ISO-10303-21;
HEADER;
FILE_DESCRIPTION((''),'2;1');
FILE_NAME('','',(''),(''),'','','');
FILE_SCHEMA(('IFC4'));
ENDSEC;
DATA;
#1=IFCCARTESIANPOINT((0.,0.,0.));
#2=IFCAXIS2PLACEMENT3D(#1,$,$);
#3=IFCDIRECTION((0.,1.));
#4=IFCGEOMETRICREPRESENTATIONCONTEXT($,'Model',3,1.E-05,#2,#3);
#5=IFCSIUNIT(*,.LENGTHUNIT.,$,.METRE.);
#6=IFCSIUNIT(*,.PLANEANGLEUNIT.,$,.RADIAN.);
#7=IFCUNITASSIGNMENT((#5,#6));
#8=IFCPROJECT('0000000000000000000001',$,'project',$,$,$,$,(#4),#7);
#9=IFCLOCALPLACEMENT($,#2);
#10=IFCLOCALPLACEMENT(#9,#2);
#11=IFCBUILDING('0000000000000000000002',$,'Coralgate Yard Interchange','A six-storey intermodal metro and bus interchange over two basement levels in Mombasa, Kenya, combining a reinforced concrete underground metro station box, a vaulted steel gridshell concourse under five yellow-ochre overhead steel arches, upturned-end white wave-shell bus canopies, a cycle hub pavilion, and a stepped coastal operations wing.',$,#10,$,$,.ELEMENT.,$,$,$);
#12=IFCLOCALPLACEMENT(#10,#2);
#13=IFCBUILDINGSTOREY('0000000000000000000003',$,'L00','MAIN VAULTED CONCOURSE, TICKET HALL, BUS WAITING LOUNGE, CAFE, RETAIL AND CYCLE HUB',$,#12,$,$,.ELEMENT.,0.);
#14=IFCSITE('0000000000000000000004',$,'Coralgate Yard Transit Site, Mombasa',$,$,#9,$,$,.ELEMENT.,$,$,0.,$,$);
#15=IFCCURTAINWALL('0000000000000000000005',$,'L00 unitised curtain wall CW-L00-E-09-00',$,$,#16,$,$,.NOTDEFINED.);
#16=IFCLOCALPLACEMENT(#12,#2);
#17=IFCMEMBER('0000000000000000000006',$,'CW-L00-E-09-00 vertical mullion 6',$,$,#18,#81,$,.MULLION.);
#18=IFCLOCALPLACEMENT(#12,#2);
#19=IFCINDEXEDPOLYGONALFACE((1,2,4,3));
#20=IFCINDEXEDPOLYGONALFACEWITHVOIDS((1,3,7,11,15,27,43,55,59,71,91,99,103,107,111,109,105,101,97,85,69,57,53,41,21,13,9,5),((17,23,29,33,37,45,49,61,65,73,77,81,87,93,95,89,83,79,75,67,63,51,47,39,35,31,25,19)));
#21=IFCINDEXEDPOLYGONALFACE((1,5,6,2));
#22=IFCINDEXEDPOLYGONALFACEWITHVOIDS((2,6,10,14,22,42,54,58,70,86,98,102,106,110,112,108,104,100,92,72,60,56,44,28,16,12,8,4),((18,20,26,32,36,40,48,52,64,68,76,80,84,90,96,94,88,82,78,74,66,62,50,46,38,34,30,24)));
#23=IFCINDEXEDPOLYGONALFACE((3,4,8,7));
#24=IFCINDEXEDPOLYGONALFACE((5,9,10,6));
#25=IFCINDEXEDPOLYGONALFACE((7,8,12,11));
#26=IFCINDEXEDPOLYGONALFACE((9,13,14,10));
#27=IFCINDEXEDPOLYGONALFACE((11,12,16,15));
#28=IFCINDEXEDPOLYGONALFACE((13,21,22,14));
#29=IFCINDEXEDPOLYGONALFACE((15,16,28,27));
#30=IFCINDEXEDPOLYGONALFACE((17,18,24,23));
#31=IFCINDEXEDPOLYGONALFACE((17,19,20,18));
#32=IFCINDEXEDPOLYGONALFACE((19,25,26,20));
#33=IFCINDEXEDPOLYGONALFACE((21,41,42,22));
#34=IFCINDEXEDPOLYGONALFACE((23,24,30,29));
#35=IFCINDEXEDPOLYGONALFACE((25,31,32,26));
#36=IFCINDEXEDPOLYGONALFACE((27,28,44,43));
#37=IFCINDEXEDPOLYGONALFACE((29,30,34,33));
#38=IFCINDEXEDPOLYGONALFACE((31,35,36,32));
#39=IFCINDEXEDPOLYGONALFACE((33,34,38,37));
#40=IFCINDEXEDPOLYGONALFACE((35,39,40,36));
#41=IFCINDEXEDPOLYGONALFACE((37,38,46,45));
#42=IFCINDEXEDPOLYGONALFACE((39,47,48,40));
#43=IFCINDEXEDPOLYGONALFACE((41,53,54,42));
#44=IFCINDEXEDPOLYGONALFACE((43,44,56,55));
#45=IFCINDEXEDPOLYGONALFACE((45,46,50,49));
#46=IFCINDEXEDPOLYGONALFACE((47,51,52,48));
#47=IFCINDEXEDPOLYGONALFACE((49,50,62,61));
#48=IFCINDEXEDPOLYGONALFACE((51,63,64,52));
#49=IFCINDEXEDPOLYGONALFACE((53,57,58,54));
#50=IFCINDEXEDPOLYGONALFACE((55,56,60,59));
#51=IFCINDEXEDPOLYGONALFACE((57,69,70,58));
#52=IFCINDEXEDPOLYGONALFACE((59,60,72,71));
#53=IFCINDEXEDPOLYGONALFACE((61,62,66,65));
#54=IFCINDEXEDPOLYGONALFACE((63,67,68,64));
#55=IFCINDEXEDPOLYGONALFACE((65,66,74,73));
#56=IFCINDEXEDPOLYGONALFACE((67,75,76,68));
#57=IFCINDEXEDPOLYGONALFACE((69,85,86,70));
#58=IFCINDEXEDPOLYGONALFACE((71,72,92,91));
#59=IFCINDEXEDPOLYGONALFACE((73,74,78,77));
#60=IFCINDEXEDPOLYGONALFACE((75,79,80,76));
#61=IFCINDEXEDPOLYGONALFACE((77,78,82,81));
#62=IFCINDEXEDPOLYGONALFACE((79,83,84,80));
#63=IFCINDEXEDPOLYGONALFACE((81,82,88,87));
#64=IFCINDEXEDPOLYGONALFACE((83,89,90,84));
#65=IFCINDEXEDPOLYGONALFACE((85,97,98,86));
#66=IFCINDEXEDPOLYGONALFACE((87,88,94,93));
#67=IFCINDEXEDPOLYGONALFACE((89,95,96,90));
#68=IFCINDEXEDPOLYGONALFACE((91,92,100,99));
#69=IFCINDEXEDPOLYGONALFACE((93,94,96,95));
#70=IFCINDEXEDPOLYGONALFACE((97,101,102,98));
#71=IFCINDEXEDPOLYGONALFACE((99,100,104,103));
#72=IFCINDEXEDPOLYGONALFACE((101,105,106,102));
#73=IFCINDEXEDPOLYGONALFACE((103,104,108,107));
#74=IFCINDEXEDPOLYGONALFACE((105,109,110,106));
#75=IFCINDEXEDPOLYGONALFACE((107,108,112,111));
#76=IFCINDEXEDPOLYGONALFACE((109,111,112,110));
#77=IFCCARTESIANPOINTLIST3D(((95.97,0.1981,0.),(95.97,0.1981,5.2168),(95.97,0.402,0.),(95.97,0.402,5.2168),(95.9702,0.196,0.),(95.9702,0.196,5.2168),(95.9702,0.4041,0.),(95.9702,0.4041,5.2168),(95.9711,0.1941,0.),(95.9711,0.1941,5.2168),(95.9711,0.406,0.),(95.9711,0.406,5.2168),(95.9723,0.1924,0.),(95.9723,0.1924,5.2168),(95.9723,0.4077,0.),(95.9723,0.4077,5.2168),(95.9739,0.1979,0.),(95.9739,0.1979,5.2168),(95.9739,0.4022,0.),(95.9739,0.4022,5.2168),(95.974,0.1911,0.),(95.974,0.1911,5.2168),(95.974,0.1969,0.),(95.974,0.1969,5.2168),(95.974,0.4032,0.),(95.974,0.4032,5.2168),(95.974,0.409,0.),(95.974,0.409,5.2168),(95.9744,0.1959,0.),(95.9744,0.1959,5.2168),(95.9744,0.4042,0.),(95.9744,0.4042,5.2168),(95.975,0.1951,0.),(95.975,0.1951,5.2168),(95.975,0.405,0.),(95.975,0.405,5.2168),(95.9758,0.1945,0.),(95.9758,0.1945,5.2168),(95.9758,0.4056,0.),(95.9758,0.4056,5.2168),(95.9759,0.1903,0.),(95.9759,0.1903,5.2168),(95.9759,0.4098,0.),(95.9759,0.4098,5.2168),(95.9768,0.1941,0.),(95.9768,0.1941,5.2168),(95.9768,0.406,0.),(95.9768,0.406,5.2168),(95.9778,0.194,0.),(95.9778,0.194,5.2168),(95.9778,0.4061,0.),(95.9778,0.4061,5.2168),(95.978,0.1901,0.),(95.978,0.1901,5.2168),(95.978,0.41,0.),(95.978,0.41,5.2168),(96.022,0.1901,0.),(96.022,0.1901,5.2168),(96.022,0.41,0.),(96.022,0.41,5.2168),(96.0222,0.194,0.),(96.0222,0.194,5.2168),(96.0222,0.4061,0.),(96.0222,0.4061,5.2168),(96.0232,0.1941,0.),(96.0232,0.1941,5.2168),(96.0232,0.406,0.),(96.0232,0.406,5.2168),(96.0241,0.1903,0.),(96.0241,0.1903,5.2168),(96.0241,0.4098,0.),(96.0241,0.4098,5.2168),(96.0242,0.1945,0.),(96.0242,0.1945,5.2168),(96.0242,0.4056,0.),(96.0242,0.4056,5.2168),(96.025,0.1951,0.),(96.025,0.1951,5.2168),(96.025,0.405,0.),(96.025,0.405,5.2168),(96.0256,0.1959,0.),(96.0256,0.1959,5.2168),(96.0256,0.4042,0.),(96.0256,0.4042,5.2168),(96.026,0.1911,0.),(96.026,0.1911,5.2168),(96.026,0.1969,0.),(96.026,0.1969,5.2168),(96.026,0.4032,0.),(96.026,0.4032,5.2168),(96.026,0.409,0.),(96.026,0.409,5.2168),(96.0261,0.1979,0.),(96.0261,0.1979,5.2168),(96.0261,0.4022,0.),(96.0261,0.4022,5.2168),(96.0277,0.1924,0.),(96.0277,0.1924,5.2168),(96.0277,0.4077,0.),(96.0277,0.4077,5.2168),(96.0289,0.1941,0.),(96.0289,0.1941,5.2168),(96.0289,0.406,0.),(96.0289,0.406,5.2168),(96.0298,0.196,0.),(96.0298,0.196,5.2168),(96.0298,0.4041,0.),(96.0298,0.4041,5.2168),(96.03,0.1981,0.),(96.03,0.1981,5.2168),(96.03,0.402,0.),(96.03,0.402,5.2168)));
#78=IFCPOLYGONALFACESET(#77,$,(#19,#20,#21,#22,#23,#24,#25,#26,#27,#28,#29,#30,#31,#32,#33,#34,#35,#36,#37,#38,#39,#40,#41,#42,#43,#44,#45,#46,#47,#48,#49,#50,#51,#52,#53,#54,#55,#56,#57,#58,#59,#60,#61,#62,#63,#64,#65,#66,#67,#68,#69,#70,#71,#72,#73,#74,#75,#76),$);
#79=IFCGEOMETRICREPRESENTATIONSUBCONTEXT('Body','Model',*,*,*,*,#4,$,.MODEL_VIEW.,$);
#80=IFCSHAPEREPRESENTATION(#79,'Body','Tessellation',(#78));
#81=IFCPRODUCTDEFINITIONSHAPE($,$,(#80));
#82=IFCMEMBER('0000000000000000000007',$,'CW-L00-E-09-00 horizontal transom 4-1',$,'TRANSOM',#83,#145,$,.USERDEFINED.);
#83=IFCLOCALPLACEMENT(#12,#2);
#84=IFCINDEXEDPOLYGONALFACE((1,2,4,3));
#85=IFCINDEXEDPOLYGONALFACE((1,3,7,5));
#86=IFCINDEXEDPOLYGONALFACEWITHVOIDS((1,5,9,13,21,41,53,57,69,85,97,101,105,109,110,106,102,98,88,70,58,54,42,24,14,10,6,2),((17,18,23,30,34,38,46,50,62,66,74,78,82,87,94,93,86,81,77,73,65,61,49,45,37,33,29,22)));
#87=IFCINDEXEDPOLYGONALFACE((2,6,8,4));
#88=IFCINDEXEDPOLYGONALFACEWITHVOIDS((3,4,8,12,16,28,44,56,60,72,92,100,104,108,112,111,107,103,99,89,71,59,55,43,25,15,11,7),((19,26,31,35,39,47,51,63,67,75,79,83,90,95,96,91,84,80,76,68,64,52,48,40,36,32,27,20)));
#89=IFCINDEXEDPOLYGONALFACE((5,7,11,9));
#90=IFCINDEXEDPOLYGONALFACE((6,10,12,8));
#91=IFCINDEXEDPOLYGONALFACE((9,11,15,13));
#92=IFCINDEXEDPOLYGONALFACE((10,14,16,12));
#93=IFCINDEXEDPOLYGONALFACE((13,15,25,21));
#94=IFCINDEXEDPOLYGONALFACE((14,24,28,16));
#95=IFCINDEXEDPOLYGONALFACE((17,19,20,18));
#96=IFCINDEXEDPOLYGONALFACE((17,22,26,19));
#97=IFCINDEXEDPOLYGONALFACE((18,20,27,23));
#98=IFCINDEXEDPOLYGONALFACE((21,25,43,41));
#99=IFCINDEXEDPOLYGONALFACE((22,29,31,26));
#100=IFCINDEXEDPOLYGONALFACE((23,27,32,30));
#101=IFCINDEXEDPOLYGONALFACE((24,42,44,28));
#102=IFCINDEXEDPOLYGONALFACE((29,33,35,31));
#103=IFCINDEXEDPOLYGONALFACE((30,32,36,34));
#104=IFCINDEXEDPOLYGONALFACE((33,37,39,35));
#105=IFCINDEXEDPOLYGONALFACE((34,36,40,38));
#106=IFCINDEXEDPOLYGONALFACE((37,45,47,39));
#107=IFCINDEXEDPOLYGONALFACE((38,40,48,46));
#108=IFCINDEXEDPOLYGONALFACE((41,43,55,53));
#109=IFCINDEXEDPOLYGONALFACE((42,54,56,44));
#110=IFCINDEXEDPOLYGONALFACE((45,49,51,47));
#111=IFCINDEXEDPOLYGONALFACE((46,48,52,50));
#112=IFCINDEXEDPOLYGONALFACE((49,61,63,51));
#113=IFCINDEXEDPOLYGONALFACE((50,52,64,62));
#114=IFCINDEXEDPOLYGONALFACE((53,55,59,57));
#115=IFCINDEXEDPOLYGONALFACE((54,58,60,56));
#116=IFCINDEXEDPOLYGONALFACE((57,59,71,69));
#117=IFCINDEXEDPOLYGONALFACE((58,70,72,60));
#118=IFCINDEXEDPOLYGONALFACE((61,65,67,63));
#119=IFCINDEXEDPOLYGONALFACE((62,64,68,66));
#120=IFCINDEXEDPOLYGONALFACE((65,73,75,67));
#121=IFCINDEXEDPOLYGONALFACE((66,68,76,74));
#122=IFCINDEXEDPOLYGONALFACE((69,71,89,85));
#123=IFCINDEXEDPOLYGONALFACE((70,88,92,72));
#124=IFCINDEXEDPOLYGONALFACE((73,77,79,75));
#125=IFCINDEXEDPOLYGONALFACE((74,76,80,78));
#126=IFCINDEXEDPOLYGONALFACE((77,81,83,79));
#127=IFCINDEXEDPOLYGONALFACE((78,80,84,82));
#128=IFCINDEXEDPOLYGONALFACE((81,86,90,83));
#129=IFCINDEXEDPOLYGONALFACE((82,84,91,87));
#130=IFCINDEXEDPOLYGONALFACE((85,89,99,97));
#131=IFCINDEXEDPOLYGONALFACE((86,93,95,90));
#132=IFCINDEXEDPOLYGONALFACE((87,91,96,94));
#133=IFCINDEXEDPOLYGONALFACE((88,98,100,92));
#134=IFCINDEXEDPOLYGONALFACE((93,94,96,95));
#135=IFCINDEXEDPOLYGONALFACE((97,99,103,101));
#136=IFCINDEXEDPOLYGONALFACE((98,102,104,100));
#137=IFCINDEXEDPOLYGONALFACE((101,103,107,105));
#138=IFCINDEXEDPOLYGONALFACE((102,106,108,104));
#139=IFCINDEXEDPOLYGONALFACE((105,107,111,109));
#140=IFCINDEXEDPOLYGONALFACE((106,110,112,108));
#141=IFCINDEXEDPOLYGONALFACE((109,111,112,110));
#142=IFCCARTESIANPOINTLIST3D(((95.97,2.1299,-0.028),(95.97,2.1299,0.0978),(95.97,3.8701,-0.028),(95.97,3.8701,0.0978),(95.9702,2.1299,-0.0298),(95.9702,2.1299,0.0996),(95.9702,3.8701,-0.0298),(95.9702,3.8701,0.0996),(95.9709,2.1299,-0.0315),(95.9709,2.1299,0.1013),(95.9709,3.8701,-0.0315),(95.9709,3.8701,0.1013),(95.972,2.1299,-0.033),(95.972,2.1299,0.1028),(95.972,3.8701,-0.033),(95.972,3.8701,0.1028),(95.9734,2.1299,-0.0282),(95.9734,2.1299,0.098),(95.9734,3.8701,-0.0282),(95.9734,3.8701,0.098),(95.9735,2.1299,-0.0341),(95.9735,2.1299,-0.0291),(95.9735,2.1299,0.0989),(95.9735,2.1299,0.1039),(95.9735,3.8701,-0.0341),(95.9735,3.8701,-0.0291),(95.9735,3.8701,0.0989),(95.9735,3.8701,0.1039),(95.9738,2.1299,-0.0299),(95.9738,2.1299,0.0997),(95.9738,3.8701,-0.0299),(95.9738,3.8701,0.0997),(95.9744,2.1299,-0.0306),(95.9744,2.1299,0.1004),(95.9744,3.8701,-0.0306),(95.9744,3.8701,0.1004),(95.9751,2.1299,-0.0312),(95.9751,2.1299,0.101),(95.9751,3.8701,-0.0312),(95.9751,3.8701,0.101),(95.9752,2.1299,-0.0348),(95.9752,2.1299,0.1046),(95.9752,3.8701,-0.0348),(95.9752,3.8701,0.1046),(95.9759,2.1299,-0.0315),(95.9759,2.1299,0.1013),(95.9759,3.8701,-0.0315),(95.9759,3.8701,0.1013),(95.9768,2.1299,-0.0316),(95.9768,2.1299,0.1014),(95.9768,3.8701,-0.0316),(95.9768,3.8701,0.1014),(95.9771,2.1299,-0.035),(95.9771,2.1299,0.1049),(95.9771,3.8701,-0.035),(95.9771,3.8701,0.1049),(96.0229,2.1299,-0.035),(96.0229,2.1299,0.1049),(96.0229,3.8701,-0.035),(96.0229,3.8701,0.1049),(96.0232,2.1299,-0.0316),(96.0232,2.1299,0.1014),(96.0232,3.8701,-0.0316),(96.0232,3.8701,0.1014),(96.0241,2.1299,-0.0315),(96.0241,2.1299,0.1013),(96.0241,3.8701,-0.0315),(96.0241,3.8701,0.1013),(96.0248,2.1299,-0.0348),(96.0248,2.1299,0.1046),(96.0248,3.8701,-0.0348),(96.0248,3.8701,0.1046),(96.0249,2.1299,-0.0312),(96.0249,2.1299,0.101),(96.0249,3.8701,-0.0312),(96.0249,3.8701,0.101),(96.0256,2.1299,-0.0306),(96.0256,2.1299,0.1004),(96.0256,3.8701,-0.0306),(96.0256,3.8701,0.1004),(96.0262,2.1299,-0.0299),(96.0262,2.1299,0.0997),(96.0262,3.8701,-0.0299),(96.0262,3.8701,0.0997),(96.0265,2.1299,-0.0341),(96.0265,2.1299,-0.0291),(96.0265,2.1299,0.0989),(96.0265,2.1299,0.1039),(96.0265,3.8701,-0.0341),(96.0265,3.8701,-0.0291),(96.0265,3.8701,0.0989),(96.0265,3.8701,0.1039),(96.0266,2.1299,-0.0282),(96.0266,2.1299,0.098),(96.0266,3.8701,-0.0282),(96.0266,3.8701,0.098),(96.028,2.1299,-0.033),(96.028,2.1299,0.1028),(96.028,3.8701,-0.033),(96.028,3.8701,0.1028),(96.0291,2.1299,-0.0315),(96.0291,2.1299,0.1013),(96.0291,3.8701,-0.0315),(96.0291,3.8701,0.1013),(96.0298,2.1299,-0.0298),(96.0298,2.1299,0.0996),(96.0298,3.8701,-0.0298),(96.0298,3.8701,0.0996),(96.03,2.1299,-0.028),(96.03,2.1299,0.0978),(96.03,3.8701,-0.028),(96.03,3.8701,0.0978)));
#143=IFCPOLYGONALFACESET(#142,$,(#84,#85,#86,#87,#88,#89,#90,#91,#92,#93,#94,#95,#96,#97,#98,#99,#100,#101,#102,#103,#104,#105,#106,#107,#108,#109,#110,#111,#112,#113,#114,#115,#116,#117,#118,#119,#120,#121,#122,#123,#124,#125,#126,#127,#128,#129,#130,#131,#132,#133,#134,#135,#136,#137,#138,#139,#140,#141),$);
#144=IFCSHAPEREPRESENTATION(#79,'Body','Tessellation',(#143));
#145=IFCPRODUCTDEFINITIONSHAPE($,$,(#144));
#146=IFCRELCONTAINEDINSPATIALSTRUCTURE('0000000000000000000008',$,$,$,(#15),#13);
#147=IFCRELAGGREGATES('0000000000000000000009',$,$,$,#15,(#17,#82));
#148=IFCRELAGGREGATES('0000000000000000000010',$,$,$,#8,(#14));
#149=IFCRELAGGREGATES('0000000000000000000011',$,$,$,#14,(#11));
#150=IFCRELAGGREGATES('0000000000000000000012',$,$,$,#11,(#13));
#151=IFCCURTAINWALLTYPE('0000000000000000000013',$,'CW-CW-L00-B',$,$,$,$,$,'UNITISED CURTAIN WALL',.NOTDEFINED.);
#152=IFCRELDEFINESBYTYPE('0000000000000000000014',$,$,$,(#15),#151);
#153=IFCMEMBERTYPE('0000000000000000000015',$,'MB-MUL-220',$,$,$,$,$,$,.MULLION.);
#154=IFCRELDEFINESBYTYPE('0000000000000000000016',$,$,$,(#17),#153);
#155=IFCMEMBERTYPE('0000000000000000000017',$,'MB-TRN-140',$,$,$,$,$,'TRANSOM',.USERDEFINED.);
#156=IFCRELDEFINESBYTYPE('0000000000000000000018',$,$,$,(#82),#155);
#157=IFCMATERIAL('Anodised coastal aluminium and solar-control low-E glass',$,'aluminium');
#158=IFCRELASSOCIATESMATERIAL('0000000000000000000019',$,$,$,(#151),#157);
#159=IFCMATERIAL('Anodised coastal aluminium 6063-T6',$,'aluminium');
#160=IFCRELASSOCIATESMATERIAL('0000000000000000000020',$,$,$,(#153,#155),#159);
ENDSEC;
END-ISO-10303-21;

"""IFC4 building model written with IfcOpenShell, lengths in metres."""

from ifc_helpers import new_model, si_unit, direction, frame, origin, origin_2d, place, context, subcontext, project, spatial, hollow_rectangle, extrude, material, material_profile, profile_set, type_object, element, aggregate, save


model = new_model("IFC4")

# Units and contexts
model_context = context("Model", 3, precision=1e-05, world=origin(), true_north=direction((0.0, 1.0)))
body_context = subcontext(model_context, "Body", "Model", "MODEL_VIEW")
ifc_project = project(units=[si_unit("LENGTHUNIT", "METRE"), si_unit("PLANEANGLEUNIT", "RADIAN")], contexts=[model_context])

# Site, building, storey
site_placement = place(None, origin())
site = spatial("IfcSite", under=ifc_project, at=site_placement, Name="Coralgate Yard Transit Site, Mombasa", CompositionType="ELEMENT", RefElevation=0.0)
building_placement = place(site_placement, origin())
building = spatial("IfcBuilding", under=site, at=building_placement, Name="Coralgate Yard Interchange", Description="A six-storey intermodal metro and bus interchange over two basement levels in Mombasa, Kenya, combining a reinforced concrete underground metro station box, a vaulted steel gridshell concourse under five yellow-ochre overhead steel arches, upturned-end white wave-shell bus canopies, a cycle hub pavilion, and a stepped coastal operations wing.", CompositionType="ELEMENT")
storey_placement = place(building_placement, origin())
storey = spatial("IfcBuildingStorey", under=building, at=storey_placement, Name="L00", Description="MAIN VAULTED CONCOURSE, TICKET HALL, BUS WAITING LOUNGE, CAFE, RETAIL AND CYCLE HUB", CompositionType="ELEMENT", Elevation=0.0)

# Curtain wall, members
ifc_material_1 = material(Name="Anodised coastal aluminium and solar-control low-E glass", Category="aluminium")
curtain_wall_type = type_object("IfcCurtainWallType", Name="CW-CW-L00-B", ElementType="UNITISED CURTAIN WALL", PredefinedType="NOTDEFINED", material=ifc_material_1)
curtain_wall_placement = place(storey_placement, origin())
curtain_wall = element("IfcCurtainWall", 1, at=curtain_wall_placement, inside=storey, type_object=curtain_wall_type, Name="L00 unitised curtain wall CW-L00-E-09-00", PredefinedType="NOTDEFINED")
ifc_material_2 = material(Name="Anodised coastal aluminium 6063-T6", Category="aluminium")
ifc_material_profile_1 = material_profile(ifc_material_2, hollow_rectangle(XDim=0.0601, YDim=0.22, WallThickness=0.0039, InnerFilletRadius=0.0039, OuterFilletRadius=0.0081, at=origin_2d()), Name="ALU 60x220x4")
ifc_profile_set_1 = profile_set([ifc_material_profile_1], Name="Anodised coastal aluminium 6063-T6")
member_type_1 = type_object("IfcMemberType", Name="MB-MUL-220", PredefinedType="MULLION", material=ifc_profile_set_1)
member_1_placement = place(storey_placement, frame((96.0, 0.3, 0.0), z_axis=(0.0, 0.0, 1.0), x_axis=(1.0, 0.0, 0.0)))
member_1 = element("IfcMember", 2, at=member_1_placement, type_object=member_type_1, Name="CW-L00-E-09-00 vertical mullion 6", PredefinedType="MULLION", context=body_context, shape_type="SweptSolid", body=[
    extrude(hollow_rectangle(XDim=0.0601, YDim=0.22, WallThickness=0.0039, InnerFilletRadius=0.0039, OuterFilletRadius=0.0081, at=origin_2d()), origin(), (0.0, 0.0, 1.0), 5.2168),
])
ifc_material_profile_2 = material_profile(ifc_material_2, hollow_rectangle(XDim=0.0601, YDim=0.1399, WallThickness=0.0034, InnerFilletRadius=0.0034, OuterFilletRadius=0.0071, at=origin_2d()), Name="ALU 60x140x3.5")
ifc_profile_set_2 = profile_set([ifc_material_profile_2], Name="Anodised coastal aluminium 6063-T6")
member_type_2 = type_object("IfcMemberType", Name="MB-TRN-140", ElementType="TRANSOM", PredefinedType="USERDEFINED", material=ifc_profile_set_2)
member_2_placement = place(storey_placement, frame((96.0, 3.8701, 0.0349), z_axis=(0.0, -1.0, 0.0), x_axis=(1.0, 0.0, 0.0)))
member_2 = element("IfcMember", 3, at=member_2_placement, type_object=member_type_2, Name="CW-L00-E-09-00 horizontal transom 4-1", ObjectType="TRANSOM", PredefinedType="USERDEFINED", context=body_context, shape_type="SweptSolid", body=[
    extrude(hollow_rectangle(XDim=0.0601, YDim=0.1399, WallThickness=0.0034, InnerFilletRadius=0.0034, OuterFilletRadius=0.0071, at=origin_2d()), origin(), (0.0, 0.0, 1.0), 1.7402),
])
aggregate(curtain_wall, [member_1, member_2])

save(model, "model.ifc")
